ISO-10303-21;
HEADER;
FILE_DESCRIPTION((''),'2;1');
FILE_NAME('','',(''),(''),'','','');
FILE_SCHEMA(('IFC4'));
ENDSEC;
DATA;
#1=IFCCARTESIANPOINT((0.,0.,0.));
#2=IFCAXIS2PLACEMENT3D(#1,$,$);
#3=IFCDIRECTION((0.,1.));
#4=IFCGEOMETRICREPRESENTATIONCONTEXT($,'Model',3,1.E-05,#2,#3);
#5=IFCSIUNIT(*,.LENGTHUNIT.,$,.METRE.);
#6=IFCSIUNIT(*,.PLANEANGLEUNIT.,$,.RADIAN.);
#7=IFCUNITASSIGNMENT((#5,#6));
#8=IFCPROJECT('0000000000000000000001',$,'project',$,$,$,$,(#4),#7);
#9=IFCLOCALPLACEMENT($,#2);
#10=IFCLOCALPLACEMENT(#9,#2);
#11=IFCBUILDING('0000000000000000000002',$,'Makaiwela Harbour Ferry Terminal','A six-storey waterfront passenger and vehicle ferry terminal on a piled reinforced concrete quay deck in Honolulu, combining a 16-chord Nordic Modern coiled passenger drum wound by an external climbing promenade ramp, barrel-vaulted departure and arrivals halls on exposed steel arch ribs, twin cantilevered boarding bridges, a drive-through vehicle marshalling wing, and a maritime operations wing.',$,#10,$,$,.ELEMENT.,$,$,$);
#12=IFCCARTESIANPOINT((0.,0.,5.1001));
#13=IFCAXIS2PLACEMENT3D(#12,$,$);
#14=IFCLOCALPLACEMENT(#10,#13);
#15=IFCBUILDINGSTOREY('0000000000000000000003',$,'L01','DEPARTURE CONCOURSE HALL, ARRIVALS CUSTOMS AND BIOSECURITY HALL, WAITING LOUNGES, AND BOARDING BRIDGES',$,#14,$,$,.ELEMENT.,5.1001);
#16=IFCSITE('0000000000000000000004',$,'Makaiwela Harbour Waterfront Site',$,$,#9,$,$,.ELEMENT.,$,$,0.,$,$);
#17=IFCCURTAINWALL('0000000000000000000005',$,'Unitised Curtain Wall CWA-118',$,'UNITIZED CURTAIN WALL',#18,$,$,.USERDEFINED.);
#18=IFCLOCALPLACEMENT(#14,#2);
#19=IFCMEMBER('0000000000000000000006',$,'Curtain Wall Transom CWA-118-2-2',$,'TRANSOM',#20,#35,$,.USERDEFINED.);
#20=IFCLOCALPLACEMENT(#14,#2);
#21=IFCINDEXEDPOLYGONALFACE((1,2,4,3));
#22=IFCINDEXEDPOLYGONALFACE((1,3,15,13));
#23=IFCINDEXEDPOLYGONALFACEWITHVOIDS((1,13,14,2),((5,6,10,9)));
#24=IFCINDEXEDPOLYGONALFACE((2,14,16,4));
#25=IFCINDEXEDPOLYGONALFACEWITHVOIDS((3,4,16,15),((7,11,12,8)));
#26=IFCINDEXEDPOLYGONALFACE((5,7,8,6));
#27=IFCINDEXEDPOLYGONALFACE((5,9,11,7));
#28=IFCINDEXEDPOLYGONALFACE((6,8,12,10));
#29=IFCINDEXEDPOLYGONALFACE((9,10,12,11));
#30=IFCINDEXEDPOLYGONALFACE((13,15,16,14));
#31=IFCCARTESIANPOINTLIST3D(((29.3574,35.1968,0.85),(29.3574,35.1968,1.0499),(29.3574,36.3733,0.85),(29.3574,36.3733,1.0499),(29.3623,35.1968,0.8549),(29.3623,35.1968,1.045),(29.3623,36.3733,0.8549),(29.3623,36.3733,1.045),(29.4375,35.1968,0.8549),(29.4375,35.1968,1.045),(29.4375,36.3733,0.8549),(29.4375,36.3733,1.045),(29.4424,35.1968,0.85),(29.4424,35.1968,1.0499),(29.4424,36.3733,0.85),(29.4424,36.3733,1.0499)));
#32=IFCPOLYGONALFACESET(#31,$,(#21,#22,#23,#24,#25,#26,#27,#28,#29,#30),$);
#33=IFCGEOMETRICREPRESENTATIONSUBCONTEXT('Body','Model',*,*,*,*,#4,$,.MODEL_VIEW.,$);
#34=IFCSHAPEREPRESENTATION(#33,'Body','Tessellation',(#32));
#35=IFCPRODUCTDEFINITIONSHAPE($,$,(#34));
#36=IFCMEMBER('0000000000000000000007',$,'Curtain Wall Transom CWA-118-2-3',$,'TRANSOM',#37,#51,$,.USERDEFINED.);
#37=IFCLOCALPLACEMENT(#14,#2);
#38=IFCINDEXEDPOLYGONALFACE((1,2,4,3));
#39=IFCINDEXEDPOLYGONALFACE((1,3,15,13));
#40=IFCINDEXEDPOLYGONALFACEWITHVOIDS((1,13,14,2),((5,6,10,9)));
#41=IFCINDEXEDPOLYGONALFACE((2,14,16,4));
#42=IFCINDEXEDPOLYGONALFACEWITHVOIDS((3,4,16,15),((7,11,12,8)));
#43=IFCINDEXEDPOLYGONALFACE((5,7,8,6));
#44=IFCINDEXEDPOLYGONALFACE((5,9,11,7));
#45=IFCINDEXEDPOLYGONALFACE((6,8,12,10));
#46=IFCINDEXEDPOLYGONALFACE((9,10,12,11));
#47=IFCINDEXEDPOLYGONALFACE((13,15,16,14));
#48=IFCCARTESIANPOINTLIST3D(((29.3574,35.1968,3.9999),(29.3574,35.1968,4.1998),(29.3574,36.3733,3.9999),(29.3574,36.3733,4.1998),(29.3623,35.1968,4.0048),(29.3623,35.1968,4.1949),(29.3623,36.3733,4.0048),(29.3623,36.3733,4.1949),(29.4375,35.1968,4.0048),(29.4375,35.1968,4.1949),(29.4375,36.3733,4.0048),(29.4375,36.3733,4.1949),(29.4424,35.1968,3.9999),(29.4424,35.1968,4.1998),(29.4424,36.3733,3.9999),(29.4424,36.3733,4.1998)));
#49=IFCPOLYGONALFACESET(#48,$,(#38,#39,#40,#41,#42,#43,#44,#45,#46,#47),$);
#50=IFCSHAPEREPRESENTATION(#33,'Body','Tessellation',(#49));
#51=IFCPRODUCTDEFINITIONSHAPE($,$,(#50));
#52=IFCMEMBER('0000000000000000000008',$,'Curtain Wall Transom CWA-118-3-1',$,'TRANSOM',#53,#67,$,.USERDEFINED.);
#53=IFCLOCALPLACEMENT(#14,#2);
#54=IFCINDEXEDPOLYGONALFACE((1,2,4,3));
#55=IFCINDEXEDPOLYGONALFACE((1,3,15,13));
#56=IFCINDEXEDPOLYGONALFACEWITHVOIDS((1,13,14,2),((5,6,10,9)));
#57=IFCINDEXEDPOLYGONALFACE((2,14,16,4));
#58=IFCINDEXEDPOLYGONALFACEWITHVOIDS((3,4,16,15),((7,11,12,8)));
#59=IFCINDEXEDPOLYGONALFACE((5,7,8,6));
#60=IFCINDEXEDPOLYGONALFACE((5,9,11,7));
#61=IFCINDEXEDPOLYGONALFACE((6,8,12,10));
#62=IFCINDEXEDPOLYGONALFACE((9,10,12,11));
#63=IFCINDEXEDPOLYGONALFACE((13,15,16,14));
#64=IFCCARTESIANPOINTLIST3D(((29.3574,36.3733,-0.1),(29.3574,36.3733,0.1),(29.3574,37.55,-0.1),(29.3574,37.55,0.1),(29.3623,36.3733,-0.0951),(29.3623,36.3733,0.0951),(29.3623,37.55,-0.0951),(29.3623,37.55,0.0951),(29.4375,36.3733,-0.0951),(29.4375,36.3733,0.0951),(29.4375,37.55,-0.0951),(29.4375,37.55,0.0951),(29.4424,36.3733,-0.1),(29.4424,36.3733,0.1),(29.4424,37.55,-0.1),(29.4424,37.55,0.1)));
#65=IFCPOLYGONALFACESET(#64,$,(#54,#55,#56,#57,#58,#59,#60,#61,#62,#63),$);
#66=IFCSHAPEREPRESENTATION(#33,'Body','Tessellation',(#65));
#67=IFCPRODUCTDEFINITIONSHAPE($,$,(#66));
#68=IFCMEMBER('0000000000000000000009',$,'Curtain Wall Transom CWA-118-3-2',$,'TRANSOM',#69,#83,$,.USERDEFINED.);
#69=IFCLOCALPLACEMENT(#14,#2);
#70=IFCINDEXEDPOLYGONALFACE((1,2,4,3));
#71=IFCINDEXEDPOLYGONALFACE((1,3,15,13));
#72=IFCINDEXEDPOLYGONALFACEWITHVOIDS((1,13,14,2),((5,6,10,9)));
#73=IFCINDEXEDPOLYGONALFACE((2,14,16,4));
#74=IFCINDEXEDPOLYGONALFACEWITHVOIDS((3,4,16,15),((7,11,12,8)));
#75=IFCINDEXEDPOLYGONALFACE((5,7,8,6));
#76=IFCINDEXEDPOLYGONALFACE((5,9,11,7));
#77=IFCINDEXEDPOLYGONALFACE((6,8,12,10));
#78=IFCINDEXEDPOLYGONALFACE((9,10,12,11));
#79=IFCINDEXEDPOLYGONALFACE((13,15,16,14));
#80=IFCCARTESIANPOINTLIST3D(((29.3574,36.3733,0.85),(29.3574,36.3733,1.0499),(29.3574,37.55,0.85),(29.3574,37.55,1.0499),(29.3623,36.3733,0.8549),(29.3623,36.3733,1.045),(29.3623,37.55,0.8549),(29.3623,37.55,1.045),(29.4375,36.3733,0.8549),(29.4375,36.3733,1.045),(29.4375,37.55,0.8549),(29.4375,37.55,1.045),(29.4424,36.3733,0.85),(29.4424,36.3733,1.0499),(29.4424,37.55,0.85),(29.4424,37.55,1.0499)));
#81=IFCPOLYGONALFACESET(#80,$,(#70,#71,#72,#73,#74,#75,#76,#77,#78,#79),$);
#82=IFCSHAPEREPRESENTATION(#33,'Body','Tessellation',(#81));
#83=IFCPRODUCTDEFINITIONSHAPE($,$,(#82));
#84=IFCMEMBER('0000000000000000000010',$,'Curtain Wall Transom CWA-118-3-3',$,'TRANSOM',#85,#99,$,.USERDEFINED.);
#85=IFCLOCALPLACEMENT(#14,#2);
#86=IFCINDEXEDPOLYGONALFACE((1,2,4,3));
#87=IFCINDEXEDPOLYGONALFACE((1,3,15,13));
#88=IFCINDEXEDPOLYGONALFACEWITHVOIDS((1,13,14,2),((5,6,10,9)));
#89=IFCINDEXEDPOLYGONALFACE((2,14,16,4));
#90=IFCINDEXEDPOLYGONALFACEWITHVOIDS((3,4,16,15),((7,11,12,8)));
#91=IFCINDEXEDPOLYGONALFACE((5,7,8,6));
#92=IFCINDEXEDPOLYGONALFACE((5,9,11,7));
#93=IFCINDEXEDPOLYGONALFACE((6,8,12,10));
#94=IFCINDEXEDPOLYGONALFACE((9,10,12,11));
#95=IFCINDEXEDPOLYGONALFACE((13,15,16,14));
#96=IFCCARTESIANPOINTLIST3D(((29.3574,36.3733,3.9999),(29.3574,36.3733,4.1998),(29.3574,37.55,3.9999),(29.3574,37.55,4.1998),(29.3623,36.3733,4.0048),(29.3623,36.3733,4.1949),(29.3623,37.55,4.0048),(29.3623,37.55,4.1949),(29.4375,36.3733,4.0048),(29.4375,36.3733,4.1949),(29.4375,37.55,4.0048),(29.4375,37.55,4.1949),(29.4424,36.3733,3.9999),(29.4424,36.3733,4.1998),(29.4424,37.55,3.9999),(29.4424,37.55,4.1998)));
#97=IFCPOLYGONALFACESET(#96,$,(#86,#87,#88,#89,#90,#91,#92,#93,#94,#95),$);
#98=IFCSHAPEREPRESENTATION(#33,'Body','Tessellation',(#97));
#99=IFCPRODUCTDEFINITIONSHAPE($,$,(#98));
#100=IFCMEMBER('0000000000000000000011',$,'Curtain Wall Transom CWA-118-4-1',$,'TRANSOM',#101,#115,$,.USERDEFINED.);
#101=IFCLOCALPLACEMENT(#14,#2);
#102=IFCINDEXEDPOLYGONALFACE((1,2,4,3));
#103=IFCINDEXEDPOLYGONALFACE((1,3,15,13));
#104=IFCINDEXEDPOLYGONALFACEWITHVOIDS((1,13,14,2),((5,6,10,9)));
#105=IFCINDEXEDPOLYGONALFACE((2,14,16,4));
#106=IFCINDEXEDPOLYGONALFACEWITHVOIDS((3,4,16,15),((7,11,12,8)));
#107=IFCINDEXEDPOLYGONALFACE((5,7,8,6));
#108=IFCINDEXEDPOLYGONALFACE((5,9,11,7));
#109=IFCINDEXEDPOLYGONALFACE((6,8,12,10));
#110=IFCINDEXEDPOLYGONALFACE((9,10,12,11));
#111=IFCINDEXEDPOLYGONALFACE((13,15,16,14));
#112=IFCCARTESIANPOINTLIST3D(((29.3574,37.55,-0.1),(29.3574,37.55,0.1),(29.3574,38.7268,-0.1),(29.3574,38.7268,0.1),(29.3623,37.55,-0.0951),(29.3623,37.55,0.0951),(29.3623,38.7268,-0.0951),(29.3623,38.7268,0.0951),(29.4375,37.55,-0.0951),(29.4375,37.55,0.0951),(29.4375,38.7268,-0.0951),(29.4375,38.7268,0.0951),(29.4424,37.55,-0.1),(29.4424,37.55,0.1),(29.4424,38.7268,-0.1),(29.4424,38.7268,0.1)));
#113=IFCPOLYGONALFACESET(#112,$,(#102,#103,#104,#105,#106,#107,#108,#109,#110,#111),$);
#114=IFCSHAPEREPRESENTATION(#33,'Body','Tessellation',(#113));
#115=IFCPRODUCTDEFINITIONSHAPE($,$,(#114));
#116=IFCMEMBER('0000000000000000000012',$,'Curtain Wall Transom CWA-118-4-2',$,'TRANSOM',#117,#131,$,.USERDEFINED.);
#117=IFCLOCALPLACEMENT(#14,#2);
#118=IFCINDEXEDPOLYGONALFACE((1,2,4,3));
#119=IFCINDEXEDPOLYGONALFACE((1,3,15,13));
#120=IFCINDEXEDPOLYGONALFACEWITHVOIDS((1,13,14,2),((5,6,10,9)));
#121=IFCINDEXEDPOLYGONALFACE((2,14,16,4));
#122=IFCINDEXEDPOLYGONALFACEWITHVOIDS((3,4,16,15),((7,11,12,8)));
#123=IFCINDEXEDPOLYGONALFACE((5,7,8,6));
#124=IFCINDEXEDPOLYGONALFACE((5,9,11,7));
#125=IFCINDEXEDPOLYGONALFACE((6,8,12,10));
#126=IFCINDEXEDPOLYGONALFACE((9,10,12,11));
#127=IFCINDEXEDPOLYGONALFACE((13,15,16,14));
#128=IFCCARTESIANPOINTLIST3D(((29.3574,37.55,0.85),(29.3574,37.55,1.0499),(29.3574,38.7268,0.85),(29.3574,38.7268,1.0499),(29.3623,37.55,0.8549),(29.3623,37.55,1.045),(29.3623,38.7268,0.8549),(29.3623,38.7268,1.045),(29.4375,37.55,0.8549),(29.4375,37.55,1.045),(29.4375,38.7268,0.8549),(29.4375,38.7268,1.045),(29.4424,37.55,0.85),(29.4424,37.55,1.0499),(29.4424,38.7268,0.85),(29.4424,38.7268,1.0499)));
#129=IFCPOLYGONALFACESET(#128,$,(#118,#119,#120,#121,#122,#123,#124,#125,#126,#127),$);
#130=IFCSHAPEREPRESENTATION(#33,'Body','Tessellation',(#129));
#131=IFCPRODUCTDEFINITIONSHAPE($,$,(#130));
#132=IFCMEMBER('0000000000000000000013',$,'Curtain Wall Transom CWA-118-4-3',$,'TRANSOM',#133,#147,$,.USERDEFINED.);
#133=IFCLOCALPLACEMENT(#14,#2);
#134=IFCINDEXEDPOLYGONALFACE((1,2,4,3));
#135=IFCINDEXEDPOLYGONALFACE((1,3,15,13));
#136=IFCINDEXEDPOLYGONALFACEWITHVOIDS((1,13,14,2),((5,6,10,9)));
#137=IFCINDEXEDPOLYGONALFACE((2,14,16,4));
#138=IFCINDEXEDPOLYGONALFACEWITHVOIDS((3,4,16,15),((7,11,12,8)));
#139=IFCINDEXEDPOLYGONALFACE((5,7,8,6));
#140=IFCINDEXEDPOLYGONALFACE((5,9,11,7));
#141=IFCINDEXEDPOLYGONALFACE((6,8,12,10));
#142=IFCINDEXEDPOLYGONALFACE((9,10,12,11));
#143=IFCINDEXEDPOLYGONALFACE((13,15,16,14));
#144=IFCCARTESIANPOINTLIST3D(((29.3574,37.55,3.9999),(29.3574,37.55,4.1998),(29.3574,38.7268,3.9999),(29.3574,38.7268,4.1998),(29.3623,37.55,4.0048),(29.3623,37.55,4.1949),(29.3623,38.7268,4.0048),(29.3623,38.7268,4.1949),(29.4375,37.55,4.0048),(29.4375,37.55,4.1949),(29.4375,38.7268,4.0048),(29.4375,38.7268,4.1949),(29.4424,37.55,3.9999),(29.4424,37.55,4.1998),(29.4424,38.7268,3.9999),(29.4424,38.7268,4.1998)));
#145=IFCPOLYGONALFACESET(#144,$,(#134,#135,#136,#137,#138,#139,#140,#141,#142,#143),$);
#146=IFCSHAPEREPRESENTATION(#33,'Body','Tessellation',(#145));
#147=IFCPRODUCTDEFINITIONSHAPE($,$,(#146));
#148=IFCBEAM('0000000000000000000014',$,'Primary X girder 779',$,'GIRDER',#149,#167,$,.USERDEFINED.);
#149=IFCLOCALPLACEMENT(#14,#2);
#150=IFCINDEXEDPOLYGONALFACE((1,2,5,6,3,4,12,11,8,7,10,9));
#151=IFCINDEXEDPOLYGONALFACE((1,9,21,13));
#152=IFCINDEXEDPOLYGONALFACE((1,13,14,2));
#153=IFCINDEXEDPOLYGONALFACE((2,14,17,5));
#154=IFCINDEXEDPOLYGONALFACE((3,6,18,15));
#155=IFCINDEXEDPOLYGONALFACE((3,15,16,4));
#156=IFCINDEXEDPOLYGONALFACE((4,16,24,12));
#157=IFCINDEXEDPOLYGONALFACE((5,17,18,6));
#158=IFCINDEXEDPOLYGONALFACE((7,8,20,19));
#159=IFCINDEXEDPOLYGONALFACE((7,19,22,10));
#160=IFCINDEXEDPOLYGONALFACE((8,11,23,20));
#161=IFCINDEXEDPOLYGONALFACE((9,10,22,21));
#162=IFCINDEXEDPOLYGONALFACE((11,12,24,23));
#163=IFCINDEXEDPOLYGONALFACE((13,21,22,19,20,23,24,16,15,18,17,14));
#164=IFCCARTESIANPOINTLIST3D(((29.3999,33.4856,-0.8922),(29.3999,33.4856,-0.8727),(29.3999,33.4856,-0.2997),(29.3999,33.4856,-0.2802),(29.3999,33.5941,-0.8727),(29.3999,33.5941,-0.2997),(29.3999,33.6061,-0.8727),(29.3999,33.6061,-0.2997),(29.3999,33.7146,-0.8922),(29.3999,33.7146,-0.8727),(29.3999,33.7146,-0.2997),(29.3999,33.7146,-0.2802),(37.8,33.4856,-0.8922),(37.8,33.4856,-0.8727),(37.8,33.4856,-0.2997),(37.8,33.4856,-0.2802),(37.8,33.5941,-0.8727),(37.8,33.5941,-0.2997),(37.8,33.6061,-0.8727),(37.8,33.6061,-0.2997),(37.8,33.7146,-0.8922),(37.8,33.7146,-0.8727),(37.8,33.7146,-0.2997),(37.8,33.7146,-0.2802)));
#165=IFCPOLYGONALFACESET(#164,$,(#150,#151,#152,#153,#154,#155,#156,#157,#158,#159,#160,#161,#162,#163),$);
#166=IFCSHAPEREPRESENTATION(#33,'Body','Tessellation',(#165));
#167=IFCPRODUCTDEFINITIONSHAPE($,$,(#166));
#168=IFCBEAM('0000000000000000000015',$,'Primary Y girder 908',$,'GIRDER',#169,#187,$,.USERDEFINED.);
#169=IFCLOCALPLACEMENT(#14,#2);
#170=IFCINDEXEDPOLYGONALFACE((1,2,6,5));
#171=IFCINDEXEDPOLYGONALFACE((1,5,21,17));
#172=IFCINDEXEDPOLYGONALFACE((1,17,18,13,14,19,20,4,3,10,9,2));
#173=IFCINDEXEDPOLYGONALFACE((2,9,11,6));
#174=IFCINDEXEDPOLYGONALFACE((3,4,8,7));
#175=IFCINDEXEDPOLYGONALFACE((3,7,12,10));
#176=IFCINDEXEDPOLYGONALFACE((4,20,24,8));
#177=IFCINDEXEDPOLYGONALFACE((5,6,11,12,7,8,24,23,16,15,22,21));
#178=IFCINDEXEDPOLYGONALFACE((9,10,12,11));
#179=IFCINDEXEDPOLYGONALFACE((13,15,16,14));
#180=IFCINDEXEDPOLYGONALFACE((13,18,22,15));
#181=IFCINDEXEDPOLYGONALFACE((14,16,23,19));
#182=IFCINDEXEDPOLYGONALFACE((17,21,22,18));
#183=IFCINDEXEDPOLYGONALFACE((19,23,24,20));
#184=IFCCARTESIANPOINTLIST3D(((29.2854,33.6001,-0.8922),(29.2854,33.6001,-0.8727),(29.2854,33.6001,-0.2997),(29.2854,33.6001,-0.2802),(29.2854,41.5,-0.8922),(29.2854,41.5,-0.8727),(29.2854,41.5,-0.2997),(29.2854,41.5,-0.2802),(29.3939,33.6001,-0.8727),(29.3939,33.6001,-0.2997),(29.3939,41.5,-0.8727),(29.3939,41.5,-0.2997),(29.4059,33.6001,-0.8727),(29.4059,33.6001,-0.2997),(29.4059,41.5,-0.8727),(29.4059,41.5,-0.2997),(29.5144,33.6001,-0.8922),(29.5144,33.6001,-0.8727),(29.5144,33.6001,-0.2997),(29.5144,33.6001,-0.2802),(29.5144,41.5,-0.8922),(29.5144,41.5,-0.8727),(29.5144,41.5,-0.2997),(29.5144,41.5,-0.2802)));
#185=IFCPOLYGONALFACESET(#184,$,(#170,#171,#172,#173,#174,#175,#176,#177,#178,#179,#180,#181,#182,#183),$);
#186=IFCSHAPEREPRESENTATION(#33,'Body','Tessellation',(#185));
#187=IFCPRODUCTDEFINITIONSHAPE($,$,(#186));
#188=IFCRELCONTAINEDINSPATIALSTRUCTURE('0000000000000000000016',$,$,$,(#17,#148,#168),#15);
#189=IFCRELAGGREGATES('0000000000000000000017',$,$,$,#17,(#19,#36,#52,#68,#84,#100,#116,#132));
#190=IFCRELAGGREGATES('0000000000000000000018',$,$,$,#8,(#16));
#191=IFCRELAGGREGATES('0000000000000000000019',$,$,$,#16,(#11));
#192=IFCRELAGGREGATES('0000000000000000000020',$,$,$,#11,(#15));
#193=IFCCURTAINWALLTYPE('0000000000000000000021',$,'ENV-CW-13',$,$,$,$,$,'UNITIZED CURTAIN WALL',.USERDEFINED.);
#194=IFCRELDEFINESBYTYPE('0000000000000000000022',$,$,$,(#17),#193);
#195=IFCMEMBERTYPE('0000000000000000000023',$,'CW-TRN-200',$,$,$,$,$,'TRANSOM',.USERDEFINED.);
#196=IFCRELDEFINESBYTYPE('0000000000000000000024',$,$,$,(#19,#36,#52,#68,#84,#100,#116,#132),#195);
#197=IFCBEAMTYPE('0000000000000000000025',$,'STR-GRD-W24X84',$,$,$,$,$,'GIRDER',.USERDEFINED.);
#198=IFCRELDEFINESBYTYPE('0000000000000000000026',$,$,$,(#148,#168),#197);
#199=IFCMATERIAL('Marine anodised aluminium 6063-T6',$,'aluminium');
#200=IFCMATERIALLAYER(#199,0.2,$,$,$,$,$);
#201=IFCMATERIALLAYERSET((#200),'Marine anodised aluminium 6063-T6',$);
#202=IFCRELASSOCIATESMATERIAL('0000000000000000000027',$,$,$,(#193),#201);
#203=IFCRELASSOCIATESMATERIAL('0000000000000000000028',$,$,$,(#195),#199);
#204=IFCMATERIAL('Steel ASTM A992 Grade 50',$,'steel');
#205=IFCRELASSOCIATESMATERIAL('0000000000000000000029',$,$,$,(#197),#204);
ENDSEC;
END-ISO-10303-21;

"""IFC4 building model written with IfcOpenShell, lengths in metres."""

from ifc_helpers import new_model, si_unit, direction, frame, origin, origin_2d, place, context, subcontext, project, spatial, hollow_rectangle, i_section, extrude, material, layer, layer_set, material_profile, profile_set, type_object, element, aggregate, save


model = new_model("IFC4")

# Units and contexts
model_context = context("Model", 3, precision=1e-05, world=origin(), true_north=direction((0.0, 1.0)))
body_context = subcontext(model_context, "Body", "Model", "MODEL_VIEW")
ifc_project = project(units=[si_unit("LENGTHUNIT", "METRE"), si_unit("PLANEANGLEUNIT", "RADIAN")], contexts=[model_context])

# Site, building, storey
site_placement = place(None, origin())
site = spatial("IfcSite", under=ifc_project, at=site_placement, Name="Makaiwela Harbour Waterfront Site", CompositionType="ELEMENT", RefElevation=0.0)
building_placement = place(site_placement, origin())
building = spatial("IfcBuilding", under=site, at=building_placement, Name="Makaiwela Harbour Ferry Terminal", Description="A six-storey waterfront passenger and vehicle ferry terminal on a piled reinforced concrete quay deck in Honolulu, combining a 16-chord Nordic Modern coiled passenger drum wound by an external climbing promenade ramp, barrel-vaulted departure and arrivals halls on exposed steel arch ribs, twin cantilevered boarding bridges, a drive-through vehicle marshalling wing, and a maritime operations wing.", CompositionType="ELEMENT")
storey_placement = place(building_placement, frame((0.0, 0.0, 5.1001)))
storey = spatial("IfcBuildingStorey", under=building, at=storey_placement, Name="L01", Description="DEPARTURE CONCOURSE HALL, ARRIVALS CUSTOMS AND BIOSECURITY HALL, WAITING LOUNGES, AND BOARDING BRIDGES", CompositionType="ELEMENT", Elevation=5.1001)

# Shared definitions
ifc_material_1 = material(Name="Steel ASTM A992 Grade 50", Category="steel")

# Shared definitions
ifc_material_2 = material(Name="Marine anodised aluminium 6063-T6", Category="aluminium")

# Curtain wall, members
ifc_layer_1 = layer(ifc_material_2, 0.2)
ifc_layer_set_1 = layer_set([ifc_layer_1], Name="Marine anodised aluminium 6063-T6")
curtain_wall_type_1 = type_object("IfcCurtainWallType", Name="ENV-CW-13", ElementType="UNITIZED CURTAIN WALL", PredefinedType="USERDEFINED", material=ifc_layer_set_1)
curtain_wall_1_placement = place(storey_placement, origin())
curtain_wall_1 = element("IfcCurtainWall", 1, at=curtain_wall_1_placement, inside=storey, type_object=curtain_wall_type_1, Name="Unitised Curtain Wall CWA-118", ObjectType="UNITIZED CURTAIN WALL", PredefinedType="USERDEFINED")
ifc_material_profile_1 = material_profile(ifc_material_2, hollow_rectangle(XDim=0.085, YDim=0.2, WallThickness=0.0049, at=origin_2d()), Name="CWT-200X85")
ifc_profile_set_1 = profile_set([ifc_material_profile_1], Name="Marine anodised aluminium 6063-T6")
member_type_1 = type_object("IfcMemberType", Name="CW-TRN-200", ElementType="TRANSOM", PredefinedType="USERDEFINED", material=ifc_profile_set_1)
member_1_placement = place(storey_placement, frame((29.3999, 35.1968, 0.95), z_axis=(0.0, 1.0, 0.0), x_axis=(-1.0, 0.0, 0.0)))
member_1 = element("IfcMember", 2, at=member_1_placement, type_object=member_type_1, Name="Curtain Wall Transom CWA-118-2-2", ObjectType="TRANSOM", PredefinedType="USERDEFINED", context=body_context, shape_type="SweptSolid", body=[
    extrude(hollow_rectangle(XDim=0.085, YDim=0.2, WallThickness=0.0049, at=origin_2d()), origin(), (0.0, 0.0, 1.0), 1.1765),
])
member_2_placement = place(storey_placement, frame((29.3999, 35.1968, 4.0999), z_axis=(0.0, 1.0, 0.0), x_axis=(-1.0, 0.0, 0.0)))
member_2 = element("IfcMember", 3, at=member_2_placement, type_object=member_type_1, Name="Curtain Wall Transom CWA-118-2-3", ObjectType="TRANSOM", PredefinedType="USERDEFINED", context=body_context, shape_type="SweptSolid", body=[
    extrude(hollow_rectangle(XDim=0.085, YDim=0.2, WallThickness=0.0049, at=origin_2d()), origin(), (0.0, 0.0, 1.0), 1.1765),
])
member_3_placement = place(storey_placement, frame((29.3999, 36.3733, 0.0), z_axis=(0.0, 1.0, 0.0), x_axis=(-1.0, 0.0, 0.0)))
member_3 = element("IfcMember", 4, at=member_3_placement, type_object=member_type_1, Name="Curtain Wall Transom CWA-118-3-1", ObjectType="TRANSOM", PredefinedType="USERDEFINED", context=body_context, shape_type="SweptSolid", body=[
    extrude(hollow_rectangle(XDim=0.085, YDim=0.2, WallThickness=0.0049, at=origin_2d()), origin(), (0.0, 0.0, 1.0), 1.1768),
])
member_4_placement = place(storey_placement, frame((29.3999, 36.3733, 0.95), z_axis=(0.0, 1.0, 0.0), x_axis=(-1.0, 0.0, 0.0)))
member_4 = element("IfcMember", 5, at=member_4_placement, type_object=member_type_1, Name="Curtain Wall Transom CWA-118-3-2", ObjectType="TRANSOM", PredefinedType="USERDEFINED", context=body_context, shape_type="SweptSolid", body=[
    extrude(hollow_rectangle(XDim=0.085, YDim=0.2, WallThickness=0.0049, at=origin_2d()), origin(), (0.0, 0.0, 1.0), 1.1768),
])
member_5_placement = place(storey_placement, frame((29.3999, 36.3733, 4.0999), z_axis=(0.0, 1.0, 0.0), x_axis=(-1.0, 0.0, 0.0)))
member_5 = element("IfcMember", 6, at=member_5_placement, type_object=member_type_1, Name="Curtain Wall Transom CWA-118-3-3", ObjectType="TRANSOM", PredefinedType="USERDEFINED", context=body_context, shape_type="SweptSolid", body=[
    extrude(hollow_rectangle(XDim=0.085, YDim=0.2, WallThickness=0.0049, at=origin_2d()), origin(), (0.0, 0.0, 1.0), 1.1768),
])
member_6_placement = place(storey_placement, frame((29.3999, 37.55, 0.0), z_axis=(0.0, 1.0, 0.0), x_axis=(-1.0, 0.0, 0.0)))
member_6 = element("IfcMember", 7, at=member_6_placement, type_object=member_type_1, Name="Curtain Wall Transom CWA-118-4-1", ObjectType="TRANSOM", PredefinedType="USERDEFINED", context=body_context, shape_type="SweptSolid", body=[
    extrude(hollow_rectangle(XDim=0.085, YDim=0.2, WallThickness=0.0049, at=origin_2d()), origin(), (0.0, 0.0, 1.0), 1.1768),
])
member_7_placement = place(storey_placement, frame((29.3999, 37.55, 0.95), z_axis=(0.0, 1.0, 0.0), x_axis=(-1.0, 0.0, 0.0)))
member_7 = element("IfcMember", 8, at=member_7_placement, type_object=member_type_1, Name="Curtain Wall Transom CWA-118-4-2", ObjectType="TRANSOM", PredefinedType="USERDEFINED", context=body_context, shape_type="SweptSolid", body=[
    extrude(hollow_rectangle(XDim=0.085, YDim=0.2, WallThickness=0.0049, at=origin_2d()), origin(), (0.0, 0.0, 1.0), 1.1768),
])
member_8_placement = place(storey_placement, frame((29.3999, 37.55, 4.0999), z_axis=(0.0, 1.0, 0.0), x_axis=(-1.0, 0.0, 0.0)))
member_8 = element("IfcMember", 9, at=member_8_placement, type_object=member_type_1, Name="Curtain Wall Transom CWA-118-4-3", ObjectType="TRANSOM", PredefinedType="USERDEFINED", context=body_context, shape_type="SweptSolid", body=[
    extrude(hollow_rectangle(XDim=0.085, YDim=0.2, WallThickness=0.0049, at=origin_2d()), origin(), (0.0, 0.0, 1.0), 1.1768),
])

# Beams
ifc_material_profile_2 = material_profile(ifc_material_1, i_section(OverallWidth=0.229, OverallDepth=0.6121, WebThickness=0.012, FlangeThickness=0.0195, at=origin_2d()), Name="W24X84")
ifc_profile_set_2 = profile_set([ifc_material_profile_2], Name="Steel ASTM A992 Grade 50")
beam_type = type_object("IfcBeamType", Name="STR-GRD-W24X84", ElementType="GIRDER", PredefinedType="USERDEFINED", material=ifc_profile_set_2)
beam_1_placement = place(storey_placement, frame((29.3999, 33.6001, -0.5862), z_axis=(1.0, 0.0, 0.0), x_axis=(0.0, 1.0, 0.0)))
element("IfcBeam", 10, at=beam_1_placement, inside=storey, type_object=beam_type, Name="Primary X girder 779", ObjectType="GIRDER", PredefinedType="USERDEFINED", context=body_context, shape_type="SweptSolid", body=[
    extrude(i_section(OverallWidth=0.229, OverallDepth=0.6121, WebThickness=0.012, FlangeThickness=0.0195, at=origin_2d()), origin(), (0.0, 0.0, 1.0), 8.4001),
])
beam_2_placement = place(storey_placement, frame((29.3999, 33.6001, -0.5862), z_axis=(0.0, 1.0, 0.0), x_axis=(-1.0, 0.0, 0.0)))
element("IfcBeam", 11, at=beam_2_placement, inside=storey, type_object=beam_type, Name="Primary Y girder 908", ObjectType="GIRDER", PredefinedType="USERDEFINED", context=body_context, shape_type="SweptSolid", body=[
    extrude(i_section(OverallWidth=0.229, OverallDepth=0.6121, WebThickness=0.012, FlangeThickness=0.0195, at=origin_2d()), origin(), (0.0, 0.0, 1.0), 7.8999),
])

aggregate(curtain_wall_1, [member_1, member_2, member_3, member_4, member_5, member_6, member_7, member_8])

save(model, "model.ifc")
